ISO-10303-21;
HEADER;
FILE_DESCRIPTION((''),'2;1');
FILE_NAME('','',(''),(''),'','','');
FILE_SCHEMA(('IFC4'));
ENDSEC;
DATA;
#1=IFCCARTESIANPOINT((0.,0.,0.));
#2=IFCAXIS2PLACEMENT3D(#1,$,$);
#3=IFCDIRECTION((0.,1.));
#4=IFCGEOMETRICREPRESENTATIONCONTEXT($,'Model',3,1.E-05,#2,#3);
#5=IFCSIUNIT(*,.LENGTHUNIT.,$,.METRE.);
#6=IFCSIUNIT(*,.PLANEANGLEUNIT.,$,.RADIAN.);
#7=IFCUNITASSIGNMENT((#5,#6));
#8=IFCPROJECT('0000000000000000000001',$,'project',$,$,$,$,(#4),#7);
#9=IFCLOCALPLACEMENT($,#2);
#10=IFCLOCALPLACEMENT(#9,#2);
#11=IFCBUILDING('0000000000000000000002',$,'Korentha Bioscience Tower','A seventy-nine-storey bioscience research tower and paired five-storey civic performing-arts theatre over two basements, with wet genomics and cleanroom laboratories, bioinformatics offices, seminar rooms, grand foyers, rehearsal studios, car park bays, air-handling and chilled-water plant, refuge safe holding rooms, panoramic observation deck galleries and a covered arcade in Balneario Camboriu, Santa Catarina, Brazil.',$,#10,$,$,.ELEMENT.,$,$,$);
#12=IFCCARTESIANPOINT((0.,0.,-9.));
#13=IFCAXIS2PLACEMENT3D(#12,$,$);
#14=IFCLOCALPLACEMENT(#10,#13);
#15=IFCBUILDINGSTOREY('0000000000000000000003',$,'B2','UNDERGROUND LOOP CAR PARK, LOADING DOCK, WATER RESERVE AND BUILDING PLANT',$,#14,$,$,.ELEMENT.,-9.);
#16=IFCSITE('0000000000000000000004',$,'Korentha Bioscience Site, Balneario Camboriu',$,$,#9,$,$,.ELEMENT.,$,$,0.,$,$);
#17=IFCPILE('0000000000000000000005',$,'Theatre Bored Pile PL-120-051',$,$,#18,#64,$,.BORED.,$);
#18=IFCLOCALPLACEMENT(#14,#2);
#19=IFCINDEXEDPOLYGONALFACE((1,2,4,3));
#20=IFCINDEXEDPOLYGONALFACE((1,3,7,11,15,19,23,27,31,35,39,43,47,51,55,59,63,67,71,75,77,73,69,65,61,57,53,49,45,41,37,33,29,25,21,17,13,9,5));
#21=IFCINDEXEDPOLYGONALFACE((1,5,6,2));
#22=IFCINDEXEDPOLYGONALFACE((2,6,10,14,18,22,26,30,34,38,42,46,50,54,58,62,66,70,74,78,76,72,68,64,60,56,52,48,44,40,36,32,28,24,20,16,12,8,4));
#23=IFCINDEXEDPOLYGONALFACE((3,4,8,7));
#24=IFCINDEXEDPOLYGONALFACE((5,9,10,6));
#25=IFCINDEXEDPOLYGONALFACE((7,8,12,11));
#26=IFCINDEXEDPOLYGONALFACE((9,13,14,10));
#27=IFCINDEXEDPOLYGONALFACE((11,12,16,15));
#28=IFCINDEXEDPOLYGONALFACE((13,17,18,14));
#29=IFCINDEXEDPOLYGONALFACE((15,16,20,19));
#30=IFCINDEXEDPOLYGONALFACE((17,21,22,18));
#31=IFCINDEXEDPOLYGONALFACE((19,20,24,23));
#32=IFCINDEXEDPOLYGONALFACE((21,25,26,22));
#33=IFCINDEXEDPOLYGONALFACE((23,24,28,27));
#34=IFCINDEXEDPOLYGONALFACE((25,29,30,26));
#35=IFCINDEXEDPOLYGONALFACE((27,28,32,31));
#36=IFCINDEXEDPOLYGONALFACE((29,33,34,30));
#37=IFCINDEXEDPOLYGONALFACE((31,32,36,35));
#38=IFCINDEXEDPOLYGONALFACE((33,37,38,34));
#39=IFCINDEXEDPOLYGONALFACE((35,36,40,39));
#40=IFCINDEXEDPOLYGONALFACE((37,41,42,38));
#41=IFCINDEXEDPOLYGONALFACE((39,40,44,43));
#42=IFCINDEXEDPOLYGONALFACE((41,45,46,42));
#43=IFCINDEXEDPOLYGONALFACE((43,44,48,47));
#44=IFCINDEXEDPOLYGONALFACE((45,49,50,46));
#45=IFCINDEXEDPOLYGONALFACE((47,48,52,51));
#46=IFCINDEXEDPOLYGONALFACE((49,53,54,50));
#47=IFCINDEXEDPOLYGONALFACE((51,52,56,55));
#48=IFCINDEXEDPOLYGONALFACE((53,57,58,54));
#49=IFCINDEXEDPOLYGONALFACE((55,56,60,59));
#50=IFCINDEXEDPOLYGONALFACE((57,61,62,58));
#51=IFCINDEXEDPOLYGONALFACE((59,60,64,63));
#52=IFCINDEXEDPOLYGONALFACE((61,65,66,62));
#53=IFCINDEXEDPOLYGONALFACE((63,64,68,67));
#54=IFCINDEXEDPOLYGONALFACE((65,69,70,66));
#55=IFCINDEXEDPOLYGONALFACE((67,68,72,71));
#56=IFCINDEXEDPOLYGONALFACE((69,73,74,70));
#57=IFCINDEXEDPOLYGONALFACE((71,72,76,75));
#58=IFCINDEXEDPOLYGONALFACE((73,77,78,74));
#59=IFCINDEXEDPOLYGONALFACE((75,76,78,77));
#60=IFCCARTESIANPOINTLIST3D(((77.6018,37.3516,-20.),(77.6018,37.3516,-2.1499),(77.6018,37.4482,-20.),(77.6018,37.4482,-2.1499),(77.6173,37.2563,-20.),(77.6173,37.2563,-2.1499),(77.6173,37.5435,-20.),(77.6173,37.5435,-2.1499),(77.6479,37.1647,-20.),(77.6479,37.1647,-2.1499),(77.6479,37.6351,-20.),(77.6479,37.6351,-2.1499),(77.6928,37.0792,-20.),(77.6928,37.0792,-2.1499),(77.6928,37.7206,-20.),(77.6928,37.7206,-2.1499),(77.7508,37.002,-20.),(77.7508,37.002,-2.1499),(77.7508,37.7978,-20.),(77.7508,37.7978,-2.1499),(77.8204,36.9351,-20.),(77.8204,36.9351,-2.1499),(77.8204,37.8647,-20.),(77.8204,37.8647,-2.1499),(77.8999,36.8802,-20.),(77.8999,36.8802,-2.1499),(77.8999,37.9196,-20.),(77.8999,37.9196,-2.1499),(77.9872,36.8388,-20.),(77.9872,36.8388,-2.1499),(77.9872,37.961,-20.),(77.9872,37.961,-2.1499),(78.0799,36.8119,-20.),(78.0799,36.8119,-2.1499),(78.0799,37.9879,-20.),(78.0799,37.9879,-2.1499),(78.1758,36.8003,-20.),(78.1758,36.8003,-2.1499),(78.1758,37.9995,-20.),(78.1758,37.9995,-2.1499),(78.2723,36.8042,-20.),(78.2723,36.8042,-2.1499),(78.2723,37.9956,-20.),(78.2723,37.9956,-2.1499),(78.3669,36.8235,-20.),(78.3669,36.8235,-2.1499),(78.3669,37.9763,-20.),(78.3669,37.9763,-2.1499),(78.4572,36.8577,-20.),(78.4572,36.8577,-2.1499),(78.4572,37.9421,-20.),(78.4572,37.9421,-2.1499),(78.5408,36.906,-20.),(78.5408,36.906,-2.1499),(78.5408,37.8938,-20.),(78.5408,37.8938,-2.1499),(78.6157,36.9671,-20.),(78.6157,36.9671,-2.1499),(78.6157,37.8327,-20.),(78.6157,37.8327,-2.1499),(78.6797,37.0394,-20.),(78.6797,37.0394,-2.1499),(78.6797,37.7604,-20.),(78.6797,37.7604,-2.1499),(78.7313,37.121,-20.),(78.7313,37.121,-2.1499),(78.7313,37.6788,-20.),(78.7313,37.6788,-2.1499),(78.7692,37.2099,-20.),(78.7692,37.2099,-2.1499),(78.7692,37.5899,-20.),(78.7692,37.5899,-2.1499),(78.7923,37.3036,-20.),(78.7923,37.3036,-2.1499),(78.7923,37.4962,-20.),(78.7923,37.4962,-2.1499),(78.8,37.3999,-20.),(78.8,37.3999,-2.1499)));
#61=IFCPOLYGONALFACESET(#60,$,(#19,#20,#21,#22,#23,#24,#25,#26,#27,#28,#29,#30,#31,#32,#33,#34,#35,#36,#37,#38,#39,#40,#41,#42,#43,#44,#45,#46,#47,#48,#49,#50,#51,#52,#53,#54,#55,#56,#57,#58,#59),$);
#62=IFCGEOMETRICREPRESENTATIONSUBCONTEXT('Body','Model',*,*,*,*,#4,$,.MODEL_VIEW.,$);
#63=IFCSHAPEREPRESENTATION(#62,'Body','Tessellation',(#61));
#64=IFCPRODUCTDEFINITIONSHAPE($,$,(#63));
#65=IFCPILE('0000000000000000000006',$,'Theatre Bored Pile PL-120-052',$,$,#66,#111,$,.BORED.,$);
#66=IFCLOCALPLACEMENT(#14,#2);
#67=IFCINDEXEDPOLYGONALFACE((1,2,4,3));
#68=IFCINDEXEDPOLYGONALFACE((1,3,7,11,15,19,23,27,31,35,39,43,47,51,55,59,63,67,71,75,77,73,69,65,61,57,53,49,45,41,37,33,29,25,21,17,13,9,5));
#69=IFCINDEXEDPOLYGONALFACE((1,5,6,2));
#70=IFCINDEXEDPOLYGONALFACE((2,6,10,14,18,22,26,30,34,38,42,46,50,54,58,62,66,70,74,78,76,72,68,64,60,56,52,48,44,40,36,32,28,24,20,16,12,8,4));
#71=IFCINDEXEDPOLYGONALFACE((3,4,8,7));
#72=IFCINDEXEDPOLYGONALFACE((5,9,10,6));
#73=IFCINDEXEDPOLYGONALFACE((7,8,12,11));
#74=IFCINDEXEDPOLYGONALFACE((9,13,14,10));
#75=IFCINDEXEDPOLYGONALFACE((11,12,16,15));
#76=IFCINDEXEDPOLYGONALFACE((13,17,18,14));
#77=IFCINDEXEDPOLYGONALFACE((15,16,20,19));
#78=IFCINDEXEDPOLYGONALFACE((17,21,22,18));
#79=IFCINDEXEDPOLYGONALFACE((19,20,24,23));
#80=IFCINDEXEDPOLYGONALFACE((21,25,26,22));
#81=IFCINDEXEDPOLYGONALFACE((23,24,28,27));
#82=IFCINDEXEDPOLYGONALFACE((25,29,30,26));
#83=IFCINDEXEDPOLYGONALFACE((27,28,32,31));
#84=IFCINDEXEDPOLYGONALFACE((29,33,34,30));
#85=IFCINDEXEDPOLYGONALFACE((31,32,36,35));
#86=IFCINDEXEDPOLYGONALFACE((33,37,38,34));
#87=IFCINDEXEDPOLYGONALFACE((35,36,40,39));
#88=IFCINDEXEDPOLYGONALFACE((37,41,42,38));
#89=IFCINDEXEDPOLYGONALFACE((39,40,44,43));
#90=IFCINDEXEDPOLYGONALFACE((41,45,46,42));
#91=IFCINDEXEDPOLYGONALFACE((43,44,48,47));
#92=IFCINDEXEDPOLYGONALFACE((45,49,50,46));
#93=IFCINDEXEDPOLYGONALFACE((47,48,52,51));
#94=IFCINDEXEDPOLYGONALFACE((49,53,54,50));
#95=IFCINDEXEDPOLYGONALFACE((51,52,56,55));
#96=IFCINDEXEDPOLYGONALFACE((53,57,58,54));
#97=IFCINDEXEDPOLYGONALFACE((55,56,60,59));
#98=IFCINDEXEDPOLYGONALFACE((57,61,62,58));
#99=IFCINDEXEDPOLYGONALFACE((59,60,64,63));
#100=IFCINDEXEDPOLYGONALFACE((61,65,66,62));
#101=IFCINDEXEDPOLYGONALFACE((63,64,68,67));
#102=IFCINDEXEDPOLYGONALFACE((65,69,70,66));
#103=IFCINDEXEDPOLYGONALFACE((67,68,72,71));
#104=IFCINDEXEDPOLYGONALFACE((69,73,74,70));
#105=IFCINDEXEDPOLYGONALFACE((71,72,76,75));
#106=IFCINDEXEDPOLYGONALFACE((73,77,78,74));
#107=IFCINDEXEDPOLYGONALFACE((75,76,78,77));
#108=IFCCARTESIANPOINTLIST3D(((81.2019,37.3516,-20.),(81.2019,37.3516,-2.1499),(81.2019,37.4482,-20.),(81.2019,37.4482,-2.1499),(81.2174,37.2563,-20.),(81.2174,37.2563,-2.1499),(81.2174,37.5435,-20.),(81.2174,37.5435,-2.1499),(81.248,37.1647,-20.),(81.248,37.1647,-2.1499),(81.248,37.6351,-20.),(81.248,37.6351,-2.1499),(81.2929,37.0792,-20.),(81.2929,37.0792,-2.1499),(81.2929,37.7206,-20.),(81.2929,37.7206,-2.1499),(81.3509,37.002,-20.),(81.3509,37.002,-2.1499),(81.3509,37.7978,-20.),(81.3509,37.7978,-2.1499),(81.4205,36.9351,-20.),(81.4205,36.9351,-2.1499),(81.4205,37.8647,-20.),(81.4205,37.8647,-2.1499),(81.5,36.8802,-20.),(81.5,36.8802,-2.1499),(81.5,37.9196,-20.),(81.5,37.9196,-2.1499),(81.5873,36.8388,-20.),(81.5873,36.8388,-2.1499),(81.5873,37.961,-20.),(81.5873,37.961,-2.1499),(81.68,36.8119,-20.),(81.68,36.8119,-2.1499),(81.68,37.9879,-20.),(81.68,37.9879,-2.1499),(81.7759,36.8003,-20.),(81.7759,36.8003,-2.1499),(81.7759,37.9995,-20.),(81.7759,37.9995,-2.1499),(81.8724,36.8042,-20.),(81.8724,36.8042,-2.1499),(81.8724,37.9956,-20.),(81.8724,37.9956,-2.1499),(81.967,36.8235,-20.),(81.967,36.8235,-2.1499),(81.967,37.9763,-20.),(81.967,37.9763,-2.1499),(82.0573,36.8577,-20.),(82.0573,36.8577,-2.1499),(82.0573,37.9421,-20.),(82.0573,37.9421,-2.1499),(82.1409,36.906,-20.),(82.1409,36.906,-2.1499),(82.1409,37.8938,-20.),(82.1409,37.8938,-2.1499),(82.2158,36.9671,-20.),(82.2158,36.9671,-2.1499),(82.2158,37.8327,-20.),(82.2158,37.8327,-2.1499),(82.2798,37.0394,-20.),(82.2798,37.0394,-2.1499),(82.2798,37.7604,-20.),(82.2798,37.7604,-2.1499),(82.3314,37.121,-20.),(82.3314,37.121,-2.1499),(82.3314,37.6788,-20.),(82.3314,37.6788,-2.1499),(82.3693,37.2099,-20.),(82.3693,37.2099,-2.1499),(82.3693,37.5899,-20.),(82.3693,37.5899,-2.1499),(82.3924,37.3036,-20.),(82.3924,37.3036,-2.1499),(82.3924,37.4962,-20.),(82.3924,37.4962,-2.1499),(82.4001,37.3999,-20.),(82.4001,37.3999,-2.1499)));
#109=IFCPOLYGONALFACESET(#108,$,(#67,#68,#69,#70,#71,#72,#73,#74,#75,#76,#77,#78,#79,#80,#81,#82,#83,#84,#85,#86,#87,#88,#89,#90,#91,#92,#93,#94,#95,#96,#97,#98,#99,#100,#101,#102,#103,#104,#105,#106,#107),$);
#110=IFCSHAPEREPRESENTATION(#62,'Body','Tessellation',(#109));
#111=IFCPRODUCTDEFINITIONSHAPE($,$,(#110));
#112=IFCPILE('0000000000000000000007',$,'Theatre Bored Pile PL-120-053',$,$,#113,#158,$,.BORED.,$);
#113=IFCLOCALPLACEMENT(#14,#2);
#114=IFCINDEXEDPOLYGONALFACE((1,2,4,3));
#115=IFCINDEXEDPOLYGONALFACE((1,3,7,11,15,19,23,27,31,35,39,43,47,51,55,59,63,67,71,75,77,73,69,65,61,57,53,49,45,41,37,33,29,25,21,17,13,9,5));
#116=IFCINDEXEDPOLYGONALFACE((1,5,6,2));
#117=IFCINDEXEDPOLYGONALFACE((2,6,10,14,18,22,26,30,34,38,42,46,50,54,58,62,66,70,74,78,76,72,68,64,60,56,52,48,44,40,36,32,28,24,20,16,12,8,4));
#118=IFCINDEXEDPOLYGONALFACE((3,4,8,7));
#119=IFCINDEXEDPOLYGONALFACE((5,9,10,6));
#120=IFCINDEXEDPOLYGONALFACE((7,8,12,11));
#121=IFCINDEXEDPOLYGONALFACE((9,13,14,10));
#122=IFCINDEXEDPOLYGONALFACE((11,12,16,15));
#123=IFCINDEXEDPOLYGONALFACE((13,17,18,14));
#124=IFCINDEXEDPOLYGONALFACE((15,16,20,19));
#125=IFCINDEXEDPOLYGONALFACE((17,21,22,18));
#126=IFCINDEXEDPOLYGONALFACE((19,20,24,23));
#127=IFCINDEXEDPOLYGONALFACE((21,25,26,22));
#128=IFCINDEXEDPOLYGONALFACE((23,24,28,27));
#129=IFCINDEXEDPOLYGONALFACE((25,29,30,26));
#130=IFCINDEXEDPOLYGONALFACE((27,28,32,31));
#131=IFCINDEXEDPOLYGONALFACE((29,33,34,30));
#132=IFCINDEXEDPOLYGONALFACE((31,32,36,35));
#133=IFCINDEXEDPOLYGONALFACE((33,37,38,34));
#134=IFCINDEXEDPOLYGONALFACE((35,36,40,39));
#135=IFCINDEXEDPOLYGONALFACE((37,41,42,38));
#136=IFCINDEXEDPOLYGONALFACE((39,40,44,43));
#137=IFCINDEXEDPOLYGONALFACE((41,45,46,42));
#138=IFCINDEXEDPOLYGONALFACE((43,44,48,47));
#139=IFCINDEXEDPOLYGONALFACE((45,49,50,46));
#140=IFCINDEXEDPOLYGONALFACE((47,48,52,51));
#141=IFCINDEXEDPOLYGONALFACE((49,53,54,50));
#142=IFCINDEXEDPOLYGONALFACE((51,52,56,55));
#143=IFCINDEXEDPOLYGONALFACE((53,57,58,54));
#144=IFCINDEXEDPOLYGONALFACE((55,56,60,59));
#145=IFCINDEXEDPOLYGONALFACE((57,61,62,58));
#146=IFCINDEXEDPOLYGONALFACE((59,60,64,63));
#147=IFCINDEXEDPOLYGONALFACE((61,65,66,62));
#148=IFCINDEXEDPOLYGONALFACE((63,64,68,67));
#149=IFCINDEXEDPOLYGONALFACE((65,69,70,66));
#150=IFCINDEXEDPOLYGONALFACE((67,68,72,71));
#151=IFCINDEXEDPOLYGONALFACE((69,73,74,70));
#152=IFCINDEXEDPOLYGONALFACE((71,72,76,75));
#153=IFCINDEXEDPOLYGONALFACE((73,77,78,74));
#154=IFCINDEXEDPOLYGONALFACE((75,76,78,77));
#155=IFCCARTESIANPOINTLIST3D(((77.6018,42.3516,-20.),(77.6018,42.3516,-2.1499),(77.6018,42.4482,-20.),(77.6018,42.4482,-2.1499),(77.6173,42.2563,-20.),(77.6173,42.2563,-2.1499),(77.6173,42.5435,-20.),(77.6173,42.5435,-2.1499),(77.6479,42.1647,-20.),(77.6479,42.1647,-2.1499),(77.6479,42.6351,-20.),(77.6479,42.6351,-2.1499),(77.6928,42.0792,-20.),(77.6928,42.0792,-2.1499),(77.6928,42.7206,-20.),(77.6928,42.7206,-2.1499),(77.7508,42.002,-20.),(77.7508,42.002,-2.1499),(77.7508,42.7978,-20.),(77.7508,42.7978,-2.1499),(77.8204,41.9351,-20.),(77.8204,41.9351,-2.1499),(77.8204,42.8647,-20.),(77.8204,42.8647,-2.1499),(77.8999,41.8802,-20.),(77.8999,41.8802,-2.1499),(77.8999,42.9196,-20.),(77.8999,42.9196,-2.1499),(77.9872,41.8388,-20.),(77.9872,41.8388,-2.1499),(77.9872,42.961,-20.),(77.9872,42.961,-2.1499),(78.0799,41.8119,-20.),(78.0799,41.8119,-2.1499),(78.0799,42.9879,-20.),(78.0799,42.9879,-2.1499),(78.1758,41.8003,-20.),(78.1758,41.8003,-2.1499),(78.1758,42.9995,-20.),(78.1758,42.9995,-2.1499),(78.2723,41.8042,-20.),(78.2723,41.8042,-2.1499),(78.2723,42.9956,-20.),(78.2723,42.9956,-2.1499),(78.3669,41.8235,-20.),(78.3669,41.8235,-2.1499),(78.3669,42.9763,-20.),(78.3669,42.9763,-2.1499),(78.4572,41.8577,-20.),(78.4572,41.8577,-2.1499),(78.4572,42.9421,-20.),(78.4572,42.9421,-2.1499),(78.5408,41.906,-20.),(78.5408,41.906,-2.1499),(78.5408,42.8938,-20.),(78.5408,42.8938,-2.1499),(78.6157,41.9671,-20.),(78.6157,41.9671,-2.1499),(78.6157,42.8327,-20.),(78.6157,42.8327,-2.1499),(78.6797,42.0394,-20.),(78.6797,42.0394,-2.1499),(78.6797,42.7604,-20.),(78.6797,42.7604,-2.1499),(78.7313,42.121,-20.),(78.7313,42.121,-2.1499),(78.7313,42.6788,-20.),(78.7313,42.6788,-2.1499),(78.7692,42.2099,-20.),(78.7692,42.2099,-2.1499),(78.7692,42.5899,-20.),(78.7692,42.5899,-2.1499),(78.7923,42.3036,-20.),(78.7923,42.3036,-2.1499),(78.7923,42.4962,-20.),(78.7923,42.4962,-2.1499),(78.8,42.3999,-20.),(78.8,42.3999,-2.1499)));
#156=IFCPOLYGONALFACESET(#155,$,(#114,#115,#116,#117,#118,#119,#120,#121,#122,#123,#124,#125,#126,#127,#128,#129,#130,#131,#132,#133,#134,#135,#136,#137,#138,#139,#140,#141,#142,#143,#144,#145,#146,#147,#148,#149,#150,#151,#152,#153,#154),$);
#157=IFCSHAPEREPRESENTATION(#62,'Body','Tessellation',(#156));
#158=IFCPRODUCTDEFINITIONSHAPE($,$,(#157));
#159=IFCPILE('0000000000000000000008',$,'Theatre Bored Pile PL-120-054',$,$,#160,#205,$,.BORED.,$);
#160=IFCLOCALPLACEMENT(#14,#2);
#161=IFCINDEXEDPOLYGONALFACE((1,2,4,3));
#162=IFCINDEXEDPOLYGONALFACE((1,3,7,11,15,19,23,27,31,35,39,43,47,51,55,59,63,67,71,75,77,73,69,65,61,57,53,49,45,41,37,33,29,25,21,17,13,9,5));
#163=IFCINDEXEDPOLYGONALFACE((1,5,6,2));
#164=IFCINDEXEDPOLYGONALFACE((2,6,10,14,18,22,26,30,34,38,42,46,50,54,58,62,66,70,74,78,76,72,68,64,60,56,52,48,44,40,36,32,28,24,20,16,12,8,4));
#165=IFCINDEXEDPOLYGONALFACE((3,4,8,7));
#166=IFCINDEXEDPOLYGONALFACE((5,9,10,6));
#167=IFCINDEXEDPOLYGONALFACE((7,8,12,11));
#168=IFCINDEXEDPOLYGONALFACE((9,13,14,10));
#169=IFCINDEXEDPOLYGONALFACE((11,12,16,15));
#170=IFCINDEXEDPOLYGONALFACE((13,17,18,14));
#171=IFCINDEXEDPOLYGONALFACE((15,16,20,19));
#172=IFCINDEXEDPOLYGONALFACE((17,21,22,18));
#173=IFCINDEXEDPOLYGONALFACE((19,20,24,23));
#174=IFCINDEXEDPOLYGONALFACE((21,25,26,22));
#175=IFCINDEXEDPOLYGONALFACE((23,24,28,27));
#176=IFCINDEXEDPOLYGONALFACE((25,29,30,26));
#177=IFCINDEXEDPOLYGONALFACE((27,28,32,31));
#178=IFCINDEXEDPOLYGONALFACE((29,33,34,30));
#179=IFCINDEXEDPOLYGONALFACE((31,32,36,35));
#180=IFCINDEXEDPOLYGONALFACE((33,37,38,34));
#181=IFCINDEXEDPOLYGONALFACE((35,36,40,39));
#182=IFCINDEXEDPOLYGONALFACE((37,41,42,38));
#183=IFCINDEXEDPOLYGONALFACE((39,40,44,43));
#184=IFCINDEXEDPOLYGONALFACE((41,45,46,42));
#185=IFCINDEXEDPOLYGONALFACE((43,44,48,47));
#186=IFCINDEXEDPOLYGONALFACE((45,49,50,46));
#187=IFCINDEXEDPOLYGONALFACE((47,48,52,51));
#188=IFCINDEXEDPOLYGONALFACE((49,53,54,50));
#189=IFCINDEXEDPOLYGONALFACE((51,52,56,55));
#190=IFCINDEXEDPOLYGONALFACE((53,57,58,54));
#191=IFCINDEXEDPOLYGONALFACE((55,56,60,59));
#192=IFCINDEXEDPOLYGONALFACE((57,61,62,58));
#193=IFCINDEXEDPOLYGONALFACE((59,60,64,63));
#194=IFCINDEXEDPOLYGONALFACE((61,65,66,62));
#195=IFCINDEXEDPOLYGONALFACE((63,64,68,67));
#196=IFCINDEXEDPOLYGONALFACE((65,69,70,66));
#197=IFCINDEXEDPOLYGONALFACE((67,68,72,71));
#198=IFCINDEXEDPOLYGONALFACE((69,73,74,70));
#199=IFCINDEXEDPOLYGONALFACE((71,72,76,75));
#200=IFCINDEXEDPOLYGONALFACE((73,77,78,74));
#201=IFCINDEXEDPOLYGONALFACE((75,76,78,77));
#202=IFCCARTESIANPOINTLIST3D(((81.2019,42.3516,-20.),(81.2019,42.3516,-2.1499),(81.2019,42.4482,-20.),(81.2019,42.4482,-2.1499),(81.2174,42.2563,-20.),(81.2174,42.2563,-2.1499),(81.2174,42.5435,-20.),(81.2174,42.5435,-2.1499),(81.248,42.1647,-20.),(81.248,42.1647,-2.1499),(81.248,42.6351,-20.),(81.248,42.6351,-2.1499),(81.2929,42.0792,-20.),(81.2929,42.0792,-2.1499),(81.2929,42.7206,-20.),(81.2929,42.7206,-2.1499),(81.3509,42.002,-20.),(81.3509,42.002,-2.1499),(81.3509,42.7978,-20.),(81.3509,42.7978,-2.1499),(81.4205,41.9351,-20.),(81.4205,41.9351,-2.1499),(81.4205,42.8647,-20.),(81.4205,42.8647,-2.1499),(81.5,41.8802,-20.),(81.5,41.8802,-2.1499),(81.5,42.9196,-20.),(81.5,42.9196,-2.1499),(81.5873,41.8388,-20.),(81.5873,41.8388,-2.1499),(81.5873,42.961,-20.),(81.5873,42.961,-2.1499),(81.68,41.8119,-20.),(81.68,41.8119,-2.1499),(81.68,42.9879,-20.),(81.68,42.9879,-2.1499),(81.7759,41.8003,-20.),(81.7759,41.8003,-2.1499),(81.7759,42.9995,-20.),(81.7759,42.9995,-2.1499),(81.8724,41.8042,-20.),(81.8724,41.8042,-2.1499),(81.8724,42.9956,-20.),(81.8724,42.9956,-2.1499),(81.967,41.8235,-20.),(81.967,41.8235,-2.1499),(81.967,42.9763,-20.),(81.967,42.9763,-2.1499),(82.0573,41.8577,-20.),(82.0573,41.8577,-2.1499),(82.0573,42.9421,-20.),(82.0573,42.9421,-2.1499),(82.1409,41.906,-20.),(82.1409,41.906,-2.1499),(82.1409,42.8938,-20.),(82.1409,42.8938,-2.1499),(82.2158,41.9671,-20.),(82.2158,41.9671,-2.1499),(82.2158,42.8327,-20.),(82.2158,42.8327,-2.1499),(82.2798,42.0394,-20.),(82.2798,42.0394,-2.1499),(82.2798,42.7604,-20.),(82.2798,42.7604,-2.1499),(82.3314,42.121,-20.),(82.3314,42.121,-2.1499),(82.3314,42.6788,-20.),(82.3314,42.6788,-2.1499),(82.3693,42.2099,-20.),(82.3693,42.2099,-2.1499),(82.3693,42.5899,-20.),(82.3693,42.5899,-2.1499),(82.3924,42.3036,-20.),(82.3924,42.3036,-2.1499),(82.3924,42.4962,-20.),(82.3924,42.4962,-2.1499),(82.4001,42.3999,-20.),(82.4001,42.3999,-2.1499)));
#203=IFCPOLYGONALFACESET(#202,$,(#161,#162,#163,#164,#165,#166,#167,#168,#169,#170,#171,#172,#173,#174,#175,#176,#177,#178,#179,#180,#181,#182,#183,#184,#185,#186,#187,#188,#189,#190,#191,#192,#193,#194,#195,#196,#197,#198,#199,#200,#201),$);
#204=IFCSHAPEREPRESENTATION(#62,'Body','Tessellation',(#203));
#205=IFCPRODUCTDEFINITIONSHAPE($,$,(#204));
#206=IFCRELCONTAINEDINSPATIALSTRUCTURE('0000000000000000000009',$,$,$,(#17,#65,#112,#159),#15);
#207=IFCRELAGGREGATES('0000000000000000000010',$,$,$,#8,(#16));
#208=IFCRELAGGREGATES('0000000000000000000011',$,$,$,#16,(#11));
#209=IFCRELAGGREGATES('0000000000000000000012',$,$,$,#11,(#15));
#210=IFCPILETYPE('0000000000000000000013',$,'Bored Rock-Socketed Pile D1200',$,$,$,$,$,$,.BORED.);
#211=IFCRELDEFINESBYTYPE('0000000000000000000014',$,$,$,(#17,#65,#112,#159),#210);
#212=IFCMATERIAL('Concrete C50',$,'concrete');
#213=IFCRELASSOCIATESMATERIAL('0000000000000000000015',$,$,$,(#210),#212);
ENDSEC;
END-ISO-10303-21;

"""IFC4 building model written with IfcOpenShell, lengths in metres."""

from ifc_helpers import new_model, si_unit, direction, frame, origin, origin_2d, place, context, subcontext, project, spatial, circle, extrude, material, material_profile, profile_set, type_object, element, save


model = new_model("IFC4")

# Units and contexts
model_context = context("Model", 3, precision=1e-05, world=origin(), true_north=direction((0.0, 1.0)))
body_context = subcontext(model_context, "Body", "Model", "MODEL_VIEW")
ifc_project = project(units=[si_unit("LENGTHUNIT", "METRE"), si_unit("PLANEANGLEUNIT", "RADIAN")], contexts=[model_context])

# Site, building, storey
site_placement = place(None, origin())
site = spatial("IfcSite", under=ifc_project, at=site_placement, Name="Korentha Bioscience Site, Balneario Camboriu", CompositionType="ELEMENT", RefElevation=0.0)
building_placement = place(site_placement, origin())
building = spatial("IfcBuilding", under=site, at=building_placement, Name="Korentha Bioscience Tower", Description="A seventy-nine-storey bioscience research tower and paired five-storey civic performing-arts theatre over two basements, with wet genomics and cleanroom laboratories, bioinformatics offices, seminar rooms, grand foyers, rehearsal studios, car park bays, air-handling and chilled-water plant, refuge safe holding rooms, panoramic observation deck galleries and a covered arcade in Balneario Camboriu, Santa Catarina, Brazil.", CompositionType="ELEMENT")
storey_placement = place(building_placement, frame((0.0, 0.0, -9.0)))
storey = spatial("IfcBuildingStorey", under=building, at=storey_placement, Name="B2", Description="UNDERGROUND LOOP CAR PARK, LOADING DOCK, WATER RESERVE AND BUILDING PLANT", CompositionType="ELEMENT", Elevation=-9.0)

# Shared definitions
ifc_material_1 = material(Name="Concrete C50", Category="concrete")

# Piles
ifc_material_profile_1 = material_profile(ifc_material_1, circle(Radius=0.6001, at=origin_2d()), Name="Concrete C50")
ifc_profile_set_1 = profile_set([ifc_material_profile_1], Name="Concrete C50 (PL-120)")
pile_type = type_object("IfcPileType", Name="Bored Rock-Socketed Pile D1200", PredefinedType="BORED", material=ifc_profile_set_1)
for number, where, z_axis, x_axis, name in (
    (1, (78.2, 37.3999, -2.1499), (0.0, 0.0, -1.0), (1.0, 0.0, 0.0), "Theatre Bored Pile PL-120-051"),
    (2, (81.8, 37.3999, -2.1499), (0.0, 0.0, -1.0), (1.0, 0.0, 0.0), "Theatre Bored Pile PL-120-052"),
    (3, (78.2, 42.3999, -2.1499), (0.0, 0.0, -1.0), (1.0, 0.0, 0.0), "Theatre Bored Pile PL-120-053"),
    (4, (81.8, 42.3999, -2.1499), (0.0, 0.0, -1.0), (1.0, 0.0, 0.0), "Theatre Bored Pile PL-120-054"),
):
    element("IfcPile", number, at=place(storey_placement, frame(where, z_axis=z_axis, x_axis=x_axis)), inside=storey, type_object=pile_type, Name=name, PredefinedType="BORED", context=body_context, shape_type="SweptSolid", body=[
        extrude(circle(Radius=0.6001, at=origin_2d()), origin(), (0.0, 0.0, 1.0), 17.8501),
    ])

save(model, "model.ifc")
